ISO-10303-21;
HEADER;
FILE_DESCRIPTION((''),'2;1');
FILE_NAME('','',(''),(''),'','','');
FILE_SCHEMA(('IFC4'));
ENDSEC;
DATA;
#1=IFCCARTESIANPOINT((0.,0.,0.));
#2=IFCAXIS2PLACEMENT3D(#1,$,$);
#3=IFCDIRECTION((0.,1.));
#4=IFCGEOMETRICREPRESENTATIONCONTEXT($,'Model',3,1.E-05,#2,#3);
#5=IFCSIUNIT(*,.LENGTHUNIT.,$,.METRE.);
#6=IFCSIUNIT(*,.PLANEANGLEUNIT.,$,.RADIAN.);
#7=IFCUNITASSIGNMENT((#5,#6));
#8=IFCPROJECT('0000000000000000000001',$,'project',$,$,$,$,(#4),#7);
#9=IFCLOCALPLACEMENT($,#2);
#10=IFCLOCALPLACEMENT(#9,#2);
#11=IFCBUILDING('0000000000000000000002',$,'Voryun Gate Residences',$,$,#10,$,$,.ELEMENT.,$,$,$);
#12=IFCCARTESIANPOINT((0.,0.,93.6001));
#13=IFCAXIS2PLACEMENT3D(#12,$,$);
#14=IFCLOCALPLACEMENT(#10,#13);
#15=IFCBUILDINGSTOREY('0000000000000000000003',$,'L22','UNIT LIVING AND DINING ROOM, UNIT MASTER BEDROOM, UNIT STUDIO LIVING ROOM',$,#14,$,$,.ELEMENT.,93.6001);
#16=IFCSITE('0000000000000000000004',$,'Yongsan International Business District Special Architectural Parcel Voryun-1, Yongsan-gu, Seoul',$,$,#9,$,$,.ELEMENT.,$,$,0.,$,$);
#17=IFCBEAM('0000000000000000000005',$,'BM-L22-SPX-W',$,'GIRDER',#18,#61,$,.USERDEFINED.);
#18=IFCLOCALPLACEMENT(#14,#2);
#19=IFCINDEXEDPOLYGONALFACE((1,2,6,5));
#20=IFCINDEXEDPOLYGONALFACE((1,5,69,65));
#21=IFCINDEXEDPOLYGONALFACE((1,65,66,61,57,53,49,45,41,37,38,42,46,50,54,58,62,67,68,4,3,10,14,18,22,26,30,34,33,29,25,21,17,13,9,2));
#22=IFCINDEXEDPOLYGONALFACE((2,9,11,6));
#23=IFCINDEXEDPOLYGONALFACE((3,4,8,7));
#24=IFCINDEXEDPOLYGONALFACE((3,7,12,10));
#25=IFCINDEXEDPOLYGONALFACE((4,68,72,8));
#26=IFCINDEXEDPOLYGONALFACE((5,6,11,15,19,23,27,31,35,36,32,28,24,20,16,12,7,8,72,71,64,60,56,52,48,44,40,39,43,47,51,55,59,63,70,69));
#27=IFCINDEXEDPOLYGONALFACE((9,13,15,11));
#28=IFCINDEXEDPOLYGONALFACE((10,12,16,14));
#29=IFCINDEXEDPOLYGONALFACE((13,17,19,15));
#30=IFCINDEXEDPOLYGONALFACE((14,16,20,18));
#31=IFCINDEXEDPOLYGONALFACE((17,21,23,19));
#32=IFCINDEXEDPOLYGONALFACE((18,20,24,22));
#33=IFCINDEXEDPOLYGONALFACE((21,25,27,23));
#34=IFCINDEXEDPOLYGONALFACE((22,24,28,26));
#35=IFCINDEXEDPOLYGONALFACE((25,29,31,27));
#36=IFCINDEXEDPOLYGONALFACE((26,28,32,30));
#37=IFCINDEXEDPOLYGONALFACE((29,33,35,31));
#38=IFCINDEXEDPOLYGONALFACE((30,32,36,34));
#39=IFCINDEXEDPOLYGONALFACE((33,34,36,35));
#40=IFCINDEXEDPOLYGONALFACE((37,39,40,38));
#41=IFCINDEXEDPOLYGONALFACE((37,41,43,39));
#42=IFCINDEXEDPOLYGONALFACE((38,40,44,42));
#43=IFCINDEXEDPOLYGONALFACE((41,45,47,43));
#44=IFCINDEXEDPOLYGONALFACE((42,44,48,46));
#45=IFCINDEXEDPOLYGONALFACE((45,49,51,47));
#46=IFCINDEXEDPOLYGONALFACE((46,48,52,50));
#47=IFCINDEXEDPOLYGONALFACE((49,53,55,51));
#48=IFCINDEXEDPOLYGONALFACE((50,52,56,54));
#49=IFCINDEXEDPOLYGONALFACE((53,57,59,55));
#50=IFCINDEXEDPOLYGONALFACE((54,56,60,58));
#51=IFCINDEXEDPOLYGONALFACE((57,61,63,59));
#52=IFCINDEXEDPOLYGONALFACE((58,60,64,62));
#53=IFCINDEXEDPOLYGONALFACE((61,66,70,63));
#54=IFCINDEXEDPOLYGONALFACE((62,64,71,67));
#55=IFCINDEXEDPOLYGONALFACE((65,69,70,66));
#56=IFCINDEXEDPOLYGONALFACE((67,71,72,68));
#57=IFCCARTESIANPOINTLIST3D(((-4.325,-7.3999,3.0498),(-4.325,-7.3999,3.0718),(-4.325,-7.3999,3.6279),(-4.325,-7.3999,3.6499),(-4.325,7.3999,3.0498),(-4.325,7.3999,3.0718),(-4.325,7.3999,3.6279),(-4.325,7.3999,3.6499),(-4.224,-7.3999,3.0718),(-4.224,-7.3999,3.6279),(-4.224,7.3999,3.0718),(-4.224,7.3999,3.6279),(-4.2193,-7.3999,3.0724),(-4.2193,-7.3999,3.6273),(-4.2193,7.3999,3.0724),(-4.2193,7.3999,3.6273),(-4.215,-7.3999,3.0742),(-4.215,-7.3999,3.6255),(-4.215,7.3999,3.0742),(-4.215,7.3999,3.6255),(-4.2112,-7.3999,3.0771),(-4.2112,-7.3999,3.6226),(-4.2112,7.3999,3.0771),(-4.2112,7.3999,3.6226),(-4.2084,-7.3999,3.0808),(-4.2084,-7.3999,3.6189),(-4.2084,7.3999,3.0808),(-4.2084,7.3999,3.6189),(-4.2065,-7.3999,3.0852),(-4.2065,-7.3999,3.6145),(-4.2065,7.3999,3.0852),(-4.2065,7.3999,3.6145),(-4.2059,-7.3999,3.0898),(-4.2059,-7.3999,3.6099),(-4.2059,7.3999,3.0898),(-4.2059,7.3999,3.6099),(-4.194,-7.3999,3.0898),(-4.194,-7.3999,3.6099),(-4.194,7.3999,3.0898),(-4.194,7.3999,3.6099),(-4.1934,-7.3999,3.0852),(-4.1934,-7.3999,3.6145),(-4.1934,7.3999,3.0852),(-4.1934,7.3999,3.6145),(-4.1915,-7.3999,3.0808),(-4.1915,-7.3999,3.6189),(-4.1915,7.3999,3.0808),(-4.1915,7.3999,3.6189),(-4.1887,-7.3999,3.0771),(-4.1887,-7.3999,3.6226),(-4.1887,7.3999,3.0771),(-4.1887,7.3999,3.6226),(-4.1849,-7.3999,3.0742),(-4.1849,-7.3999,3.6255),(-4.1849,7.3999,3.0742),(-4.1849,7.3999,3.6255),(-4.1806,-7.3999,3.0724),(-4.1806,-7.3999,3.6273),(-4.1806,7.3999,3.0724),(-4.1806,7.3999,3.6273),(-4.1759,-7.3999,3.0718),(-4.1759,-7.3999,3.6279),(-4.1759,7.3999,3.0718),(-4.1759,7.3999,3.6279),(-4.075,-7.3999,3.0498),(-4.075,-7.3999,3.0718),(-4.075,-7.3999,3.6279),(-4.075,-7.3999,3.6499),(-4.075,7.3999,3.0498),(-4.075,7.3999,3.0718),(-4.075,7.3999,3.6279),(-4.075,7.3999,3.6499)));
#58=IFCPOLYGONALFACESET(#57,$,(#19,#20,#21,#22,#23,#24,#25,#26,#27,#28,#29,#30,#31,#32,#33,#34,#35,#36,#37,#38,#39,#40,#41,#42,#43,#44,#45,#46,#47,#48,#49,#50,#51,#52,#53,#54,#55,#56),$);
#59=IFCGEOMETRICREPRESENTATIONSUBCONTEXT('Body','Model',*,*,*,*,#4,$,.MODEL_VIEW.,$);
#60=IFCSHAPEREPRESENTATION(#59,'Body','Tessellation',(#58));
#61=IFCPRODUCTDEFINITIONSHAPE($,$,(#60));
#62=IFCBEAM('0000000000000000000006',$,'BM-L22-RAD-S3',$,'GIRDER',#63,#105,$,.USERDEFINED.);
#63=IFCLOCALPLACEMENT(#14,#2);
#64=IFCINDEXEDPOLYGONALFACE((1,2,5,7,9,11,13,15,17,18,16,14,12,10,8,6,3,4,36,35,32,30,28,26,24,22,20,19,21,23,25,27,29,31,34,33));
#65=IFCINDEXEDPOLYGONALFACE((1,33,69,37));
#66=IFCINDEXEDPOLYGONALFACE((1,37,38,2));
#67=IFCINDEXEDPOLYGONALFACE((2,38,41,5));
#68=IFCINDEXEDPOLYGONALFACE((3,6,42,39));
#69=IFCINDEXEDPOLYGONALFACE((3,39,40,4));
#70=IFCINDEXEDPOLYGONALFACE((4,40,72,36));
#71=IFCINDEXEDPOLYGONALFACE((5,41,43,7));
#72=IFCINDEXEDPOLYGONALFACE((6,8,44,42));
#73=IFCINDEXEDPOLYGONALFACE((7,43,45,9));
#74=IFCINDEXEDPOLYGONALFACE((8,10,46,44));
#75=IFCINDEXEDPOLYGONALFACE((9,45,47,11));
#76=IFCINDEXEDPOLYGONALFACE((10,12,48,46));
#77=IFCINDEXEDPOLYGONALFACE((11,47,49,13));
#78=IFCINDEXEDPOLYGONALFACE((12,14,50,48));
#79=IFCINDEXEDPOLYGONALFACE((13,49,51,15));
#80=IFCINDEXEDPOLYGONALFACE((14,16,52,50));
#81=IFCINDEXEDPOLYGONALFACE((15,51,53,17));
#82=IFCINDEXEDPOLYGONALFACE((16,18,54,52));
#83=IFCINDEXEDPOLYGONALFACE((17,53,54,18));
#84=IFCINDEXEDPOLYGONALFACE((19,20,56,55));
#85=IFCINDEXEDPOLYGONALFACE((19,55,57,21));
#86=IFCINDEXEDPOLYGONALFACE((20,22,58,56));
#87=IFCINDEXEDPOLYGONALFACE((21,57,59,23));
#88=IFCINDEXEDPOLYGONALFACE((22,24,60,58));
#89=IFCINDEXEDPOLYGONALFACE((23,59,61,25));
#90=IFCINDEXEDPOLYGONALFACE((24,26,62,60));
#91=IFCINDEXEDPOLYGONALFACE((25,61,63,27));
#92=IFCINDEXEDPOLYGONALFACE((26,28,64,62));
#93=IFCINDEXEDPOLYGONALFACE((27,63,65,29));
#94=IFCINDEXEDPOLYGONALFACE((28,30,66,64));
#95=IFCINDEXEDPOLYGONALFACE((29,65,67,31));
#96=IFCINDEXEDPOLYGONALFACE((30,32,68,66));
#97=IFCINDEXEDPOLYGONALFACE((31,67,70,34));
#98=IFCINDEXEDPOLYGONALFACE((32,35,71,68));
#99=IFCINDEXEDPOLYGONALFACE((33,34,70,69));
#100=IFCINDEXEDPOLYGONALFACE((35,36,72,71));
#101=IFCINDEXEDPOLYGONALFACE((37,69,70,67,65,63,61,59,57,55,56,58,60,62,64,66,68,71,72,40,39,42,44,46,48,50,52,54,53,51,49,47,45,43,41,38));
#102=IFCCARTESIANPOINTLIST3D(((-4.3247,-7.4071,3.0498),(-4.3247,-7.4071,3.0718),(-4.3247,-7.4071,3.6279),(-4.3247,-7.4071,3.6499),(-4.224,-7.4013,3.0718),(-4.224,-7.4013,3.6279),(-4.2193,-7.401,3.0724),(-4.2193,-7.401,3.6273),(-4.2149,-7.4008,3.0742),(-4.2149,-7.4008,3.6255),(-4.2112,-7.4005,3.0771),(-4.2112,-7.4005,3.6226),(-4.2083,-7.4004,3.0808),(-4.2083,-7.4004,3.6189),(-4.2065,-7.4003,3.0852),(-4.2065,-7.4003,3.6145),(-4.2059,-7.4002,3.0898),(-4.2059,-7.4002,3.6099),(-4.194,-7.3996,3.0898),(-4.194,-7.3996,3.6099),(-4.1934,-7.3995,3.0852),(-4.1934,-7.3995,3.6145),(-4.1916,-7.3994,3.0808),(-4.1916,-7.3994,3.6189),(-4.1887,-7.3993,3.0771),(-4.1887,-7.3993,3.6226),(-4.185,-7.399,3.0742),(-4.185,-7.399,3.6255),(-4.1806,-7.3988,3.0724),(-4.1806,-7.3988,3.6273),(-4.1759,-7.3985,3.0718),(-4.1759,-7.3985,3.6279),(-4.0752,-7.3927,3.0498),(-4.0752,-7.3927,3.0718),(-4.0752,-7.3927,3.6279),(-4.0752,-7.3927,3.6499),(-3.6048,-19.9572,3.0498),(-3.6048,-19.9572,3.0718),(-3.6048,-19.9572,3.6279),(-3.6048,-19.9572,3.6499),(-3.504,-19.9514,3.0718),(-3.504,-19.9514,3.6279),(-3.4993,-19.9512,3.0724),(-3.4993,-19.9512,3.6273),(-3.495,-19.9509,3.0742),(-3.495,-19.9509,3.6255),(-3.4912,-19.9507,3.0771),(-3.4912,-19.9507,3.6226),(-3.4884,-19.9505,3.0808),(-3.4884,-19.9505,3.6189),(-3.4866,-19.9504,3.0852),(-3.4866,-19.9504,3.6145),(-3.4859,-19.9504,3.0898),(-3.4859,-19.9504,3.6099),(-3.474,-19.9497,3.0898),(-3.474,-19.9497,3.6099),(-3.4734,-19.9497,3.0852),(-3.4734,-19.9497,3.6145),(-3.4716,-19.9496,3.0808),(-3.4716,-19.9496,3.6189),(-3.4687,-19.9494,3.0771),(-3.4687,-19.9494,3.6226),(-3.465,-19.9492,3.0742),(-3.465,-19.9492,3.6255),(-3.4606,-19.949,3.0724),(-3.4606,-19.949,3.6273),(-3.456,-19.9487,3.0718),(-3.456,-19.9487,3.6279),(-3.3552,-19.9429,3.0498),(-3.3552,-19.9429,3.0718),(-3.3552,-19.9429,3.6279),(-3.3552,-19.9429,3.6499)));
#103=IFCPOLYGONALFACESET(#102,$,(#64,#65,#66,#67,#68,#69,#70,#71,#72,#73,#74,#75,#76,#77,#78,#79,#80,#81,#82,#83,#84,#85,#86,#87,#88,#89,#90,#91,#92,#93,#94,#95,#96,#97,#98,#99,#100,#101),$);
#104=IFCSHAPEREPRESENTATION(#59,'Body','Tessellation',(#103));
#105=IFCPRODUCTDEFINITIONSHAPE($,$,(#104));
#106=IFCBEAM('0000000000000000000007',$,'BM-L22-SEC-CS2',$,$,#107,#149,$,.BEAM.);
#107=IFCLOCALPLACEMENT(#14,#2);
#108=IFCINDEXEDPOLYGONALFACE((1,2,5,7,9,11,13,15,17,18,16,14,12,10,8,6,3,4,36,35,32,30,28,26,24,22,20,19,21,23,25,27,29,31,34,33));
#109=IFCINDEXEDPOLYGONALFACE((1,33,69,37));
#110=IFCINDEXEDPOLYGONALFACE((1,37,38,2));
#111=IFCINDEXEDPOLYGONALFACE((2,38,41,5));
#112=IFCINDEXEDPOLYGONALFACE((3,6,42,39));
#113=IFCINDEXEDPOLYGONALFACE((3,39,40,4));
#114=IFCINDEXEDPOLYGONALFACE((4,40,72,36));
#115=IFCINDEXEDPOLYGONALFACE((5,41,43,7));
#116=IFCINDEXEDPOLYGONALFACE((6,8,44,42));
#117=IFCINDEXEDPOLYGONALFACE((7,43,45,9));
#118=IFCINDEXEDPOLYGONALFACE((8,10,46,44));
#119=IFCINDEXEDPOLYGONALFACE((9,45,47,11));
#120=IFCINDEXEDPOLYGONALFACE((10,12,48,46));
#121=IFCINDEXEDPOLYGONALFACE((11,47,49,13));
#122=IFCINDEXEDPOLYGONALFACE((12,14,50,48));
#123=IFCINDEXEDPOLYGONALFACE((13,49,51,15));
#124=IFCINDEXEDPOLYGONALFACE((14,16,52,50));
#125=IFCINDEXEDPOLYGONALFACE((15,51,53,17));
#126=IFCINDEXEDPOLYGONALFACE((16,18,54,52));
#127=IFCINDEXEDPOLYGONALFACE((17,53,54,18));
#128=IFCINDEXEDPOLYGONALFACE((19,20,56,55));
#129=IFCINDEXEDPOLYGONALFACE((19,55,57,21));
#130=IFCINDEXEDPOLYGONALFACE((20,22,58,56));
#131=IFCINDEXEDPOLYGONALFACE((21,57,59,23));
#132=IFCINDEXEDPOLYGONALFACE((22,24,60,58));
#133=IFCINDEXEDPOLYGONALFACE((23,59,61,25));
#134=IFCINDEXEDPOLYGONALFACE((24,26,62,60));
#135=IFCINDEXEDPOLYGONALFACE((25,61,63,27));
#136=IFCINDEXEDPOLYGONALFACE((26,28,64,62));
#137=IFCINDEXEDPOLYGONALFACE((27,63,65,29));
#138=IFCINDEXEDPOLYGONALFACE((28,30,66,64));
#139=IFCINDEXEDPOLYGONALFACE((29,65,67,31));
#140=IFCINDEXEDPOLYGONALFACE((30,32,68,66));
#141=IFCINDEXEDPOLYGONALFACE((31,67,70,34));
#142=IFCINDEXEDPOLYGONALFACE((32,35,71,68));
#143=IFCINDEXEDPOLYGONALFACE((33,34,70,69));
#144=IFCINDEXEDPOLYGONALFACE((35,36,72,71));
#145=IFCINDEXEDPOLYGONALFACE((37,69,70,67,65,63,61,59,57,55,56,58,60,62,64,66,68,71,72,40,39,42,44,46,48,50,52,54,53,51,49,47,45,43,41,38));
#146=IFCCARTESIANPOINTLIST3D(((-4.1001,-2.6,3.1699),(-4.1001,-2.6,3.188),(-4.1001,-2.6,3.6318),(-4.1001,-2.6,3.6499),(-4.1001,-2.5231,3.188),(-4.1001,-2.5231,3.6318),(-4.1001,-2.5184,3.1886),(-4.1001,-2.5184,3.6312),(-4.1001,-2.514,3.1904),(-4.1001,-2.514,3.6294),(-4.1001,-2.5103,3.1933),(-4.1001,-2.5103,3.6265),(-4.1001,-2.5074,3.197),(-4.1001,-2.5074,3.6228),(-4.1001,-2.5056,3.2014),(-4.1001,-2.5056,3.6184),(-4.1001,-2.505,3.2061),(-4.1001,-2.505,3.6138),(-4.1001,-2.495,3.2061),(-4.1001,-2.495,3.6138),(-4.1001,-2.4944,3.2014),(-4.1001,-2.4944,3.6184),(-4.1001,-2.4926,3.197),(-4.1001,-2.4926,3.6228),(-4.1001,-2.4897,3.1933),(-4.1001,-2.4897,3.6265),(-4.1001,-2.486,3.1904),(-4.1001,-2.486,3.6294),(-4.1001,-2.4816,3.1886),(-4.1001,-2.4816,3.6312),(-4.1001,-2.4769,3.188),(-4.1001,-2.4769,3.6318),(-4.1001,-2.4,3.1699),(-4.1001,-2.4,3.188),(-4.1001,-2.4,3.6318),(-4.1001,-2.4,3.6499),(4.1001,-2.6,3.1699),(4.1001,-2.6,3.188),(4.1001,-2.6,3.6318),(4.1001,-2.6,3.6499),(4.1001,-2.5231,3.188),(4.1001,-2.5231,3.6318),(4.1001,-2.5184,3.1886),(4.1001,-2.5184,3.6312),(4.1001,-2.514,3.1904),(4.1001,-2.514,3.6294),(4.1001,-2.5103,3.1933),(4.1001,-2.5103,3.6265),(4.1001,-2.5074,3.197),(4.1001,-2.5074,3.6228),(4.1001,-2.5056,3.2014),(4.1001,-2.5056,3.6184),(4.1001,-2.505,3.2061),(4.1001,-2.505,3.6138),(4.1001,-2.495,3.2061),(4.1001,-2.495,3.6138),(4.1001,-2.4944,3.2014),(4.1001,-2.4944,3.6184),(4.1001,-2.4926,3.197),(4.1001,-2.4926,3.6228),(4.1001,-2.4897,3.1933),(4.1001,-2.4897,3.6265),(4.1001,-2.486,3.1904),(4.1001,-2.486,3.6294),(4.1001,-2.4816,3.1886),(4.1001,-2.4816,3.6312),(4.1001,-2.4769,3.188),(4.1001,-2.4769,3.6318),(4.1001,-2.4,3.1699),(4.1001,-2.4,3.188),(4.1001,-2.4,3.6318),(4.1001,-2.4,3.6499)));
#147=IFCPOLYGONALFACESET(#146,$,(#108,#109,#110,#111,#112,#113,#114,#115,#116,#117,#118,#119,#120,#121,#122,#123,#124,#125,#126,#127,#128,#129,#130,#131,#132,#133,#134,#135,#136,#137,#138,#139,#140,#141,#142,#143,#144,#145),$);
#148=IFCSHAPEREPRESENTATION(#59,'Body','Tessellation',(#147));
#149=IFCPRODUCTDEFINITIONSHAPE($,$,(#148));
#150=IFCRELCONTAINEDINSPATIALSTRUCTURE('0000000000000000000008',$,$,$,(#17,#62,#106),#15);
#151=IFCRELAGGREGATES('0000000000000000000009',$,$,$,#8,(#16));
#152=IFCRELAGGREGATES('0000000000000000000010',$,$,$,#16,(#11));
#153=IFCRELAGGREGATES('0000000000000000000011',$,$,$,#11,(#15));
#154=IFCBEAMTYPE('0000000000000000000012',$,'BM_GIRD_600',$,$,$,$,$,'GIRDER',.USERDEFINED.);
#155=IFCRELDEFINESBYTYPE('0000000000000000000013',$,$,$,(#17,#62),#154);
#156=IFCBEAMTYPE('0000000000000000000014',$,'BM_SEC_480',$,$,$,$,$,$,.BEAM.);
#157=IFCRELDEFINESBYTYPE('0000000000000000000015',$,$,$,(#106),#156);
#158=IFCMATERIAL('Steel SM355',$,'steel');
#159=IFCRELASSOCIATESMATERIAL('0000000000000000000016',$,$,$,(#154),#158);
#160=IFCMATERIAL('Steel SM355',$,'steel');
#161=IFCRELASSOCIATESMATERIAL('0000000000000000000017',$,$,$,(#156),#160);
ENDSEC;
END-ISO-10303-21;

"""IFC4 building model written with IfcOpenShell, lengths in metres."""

from ifc_helpers import new_model, si_unit, direction, frame, origin, origin_2d, place, context, subcontext, project, spatial, i_section, extrude, material, material_profile, profile_set, type_object, element, save


model = new_model("IFC4")

# Units and contexts
model_context = context("Model", 3, precision=1e-05, world=origin(), true_north=direction((0.0, 1.0)))
body_context = subcontext(model_context, "Body", "Model", "MODEL_VIEW")
ifc_project = project(units=[si_unit("LENGTHUNIT", "METRE"), si_unit("PLANEANGLEUNIT", "RADIAN")], contexts=[model_context])

# Site, building, storey
site_placement = place(None, origin())
site = spatial("IfcSite", under=ifc_project, at=site_placement, Name="Yongsan International Business District Special Architectural Parcel Voryun-1, Yongsan-gu, Seoul", CompositionType="ELEMENT", RefElevation=0.0)
building_placement = place(site_placement, origin())
building = spatial("IfcBuilding", under=site, at=building_placement, Name="Voryun Gate Residences", CompositionType="ELEMENT")
storey_placement = place(building_placement, frame((0.0, 0.0, 93.6001)))
storey = spatial("IfcBuildingStorey", under=building, at=storey_placement, Name="L22", Description="UNIT LIVING AND DINING ROOM, UNIT MASTER BEDROOM, UNIT STUDIO LIVING ROOM", CompositionType="ELEMENT", Elevation=93.6001)

# Beams
ifc_material_1 = material(Name="Steel SM355", Category="steel")
ifc_material_profile_1 = material_profile(ifc_material_1, i_section(OverallWidth=0.25, OverallDepth=0.6001, WebThickness=0.012, FlangeThickness=0.022, FilletRadius=0.0181, at=origin_2d()), Name="H-600x250x12x22")
ifc_profile_set_1 = profile_set([ifc_material_profile_1], Name="Steel SM355")
beam_type_1 = type_object("IfcBeamType", Name="BM_GIRD_600", ElementType="GIRDER", PredefinedType="USERDEFINED", material=ifc_profile_set_1)
beam_1_placement = place(storey_placement, frame((-4.2, -7.3999, 3.3499), z_axis=(0.0, 1.0, 0.0), x_axis=(-1.0, 0.0, 0.0)))
element("IfcBeam", 1, at=beam_1_placement, inside=storey, type_object=beam_type_1, Name="BM-L22-SPX-W", ObjectType="GIRDER", PredefinedType="USERDEFINED", context=body_context, shape_type="SweptSolid", body=[
    extrude(i_section(OverallWidth=0.25, OverallDepth=0.6001, WebThickness=0.012, FlangeThickness=0.022, FilletRadius=0.0181, at=origin_2d()), origin(), (0.0, 0.0, 1.0), 14.7998),
])
beam_2_placement = place(storey_placement, frame((-4.2, -7.3999, 3.3499), z_axis=(0.057274, -0.998359, 0.0), x_axis=(0.998359, 0.057274, 0.0)))
element("IfcBeam", 2, at=beam_2_placement, inside=storey, type_object=beam_type_1, Name="BM-L22-RAD-S3", ObjectType="GIRDER", PredefinedType="USERDEFINED", context=body_context, shape_type="SweptSolid", body=[
    extrude(i_section(OverallWidth=0.25, OverallDepth=0.6001, WebThickness=0.012, FlangeThickness=0.022, FilletRadius=0.0181, at=origin_2d()), origin(), (0.0, 0.0, 1.0), 12.5708),
])
ifc_material_2 = material(Name="Steel SM355", Category="steel")
ifc_material_profile_2 = material_profile(ifc_material_2, i_section(OverallWidth=0.2, OverallDepth=0.48, WebThickness=0.01, FlangeThickness=0.0181, FilletRadius=0.0181, at=origin_2d()), Name="H-480x200x10x18")
ifc_profile_set_2 = profile_set([ifc_material_profile_2], Name="Steel SM355")
beam_type_2 = type_object("IfcBeamType", Name="BM_SEC_480", PredefinedType="BEAM", material=ifc_profile_set_2)
beam_3_placement = place(storey_placement, frame((-4.1001, -2.5, 3.4099), z_axis=(1.0, 0.0, 0.0), x_axis=(0.0, 1.0, 0.0)))
element("IfcBeam", 3, at=beam_3_placement, inside=storey, type_object=beam_type_2, Name="BM-L22-SEC-CS2", PredefinedType="BEAM", context=body_context, shape_type="SweptSolid", body=[
    extrude(i_section(OverallWidth=0.2, OverallDepth=0.48, WebThickness=0.01, FlangeThickness=0.0181, FilletRadius=0.0181, at=origin_2d()), origin(), (0.0, 0.0, 1.0), 8.2002),
])

save(model, "model.ifc")
